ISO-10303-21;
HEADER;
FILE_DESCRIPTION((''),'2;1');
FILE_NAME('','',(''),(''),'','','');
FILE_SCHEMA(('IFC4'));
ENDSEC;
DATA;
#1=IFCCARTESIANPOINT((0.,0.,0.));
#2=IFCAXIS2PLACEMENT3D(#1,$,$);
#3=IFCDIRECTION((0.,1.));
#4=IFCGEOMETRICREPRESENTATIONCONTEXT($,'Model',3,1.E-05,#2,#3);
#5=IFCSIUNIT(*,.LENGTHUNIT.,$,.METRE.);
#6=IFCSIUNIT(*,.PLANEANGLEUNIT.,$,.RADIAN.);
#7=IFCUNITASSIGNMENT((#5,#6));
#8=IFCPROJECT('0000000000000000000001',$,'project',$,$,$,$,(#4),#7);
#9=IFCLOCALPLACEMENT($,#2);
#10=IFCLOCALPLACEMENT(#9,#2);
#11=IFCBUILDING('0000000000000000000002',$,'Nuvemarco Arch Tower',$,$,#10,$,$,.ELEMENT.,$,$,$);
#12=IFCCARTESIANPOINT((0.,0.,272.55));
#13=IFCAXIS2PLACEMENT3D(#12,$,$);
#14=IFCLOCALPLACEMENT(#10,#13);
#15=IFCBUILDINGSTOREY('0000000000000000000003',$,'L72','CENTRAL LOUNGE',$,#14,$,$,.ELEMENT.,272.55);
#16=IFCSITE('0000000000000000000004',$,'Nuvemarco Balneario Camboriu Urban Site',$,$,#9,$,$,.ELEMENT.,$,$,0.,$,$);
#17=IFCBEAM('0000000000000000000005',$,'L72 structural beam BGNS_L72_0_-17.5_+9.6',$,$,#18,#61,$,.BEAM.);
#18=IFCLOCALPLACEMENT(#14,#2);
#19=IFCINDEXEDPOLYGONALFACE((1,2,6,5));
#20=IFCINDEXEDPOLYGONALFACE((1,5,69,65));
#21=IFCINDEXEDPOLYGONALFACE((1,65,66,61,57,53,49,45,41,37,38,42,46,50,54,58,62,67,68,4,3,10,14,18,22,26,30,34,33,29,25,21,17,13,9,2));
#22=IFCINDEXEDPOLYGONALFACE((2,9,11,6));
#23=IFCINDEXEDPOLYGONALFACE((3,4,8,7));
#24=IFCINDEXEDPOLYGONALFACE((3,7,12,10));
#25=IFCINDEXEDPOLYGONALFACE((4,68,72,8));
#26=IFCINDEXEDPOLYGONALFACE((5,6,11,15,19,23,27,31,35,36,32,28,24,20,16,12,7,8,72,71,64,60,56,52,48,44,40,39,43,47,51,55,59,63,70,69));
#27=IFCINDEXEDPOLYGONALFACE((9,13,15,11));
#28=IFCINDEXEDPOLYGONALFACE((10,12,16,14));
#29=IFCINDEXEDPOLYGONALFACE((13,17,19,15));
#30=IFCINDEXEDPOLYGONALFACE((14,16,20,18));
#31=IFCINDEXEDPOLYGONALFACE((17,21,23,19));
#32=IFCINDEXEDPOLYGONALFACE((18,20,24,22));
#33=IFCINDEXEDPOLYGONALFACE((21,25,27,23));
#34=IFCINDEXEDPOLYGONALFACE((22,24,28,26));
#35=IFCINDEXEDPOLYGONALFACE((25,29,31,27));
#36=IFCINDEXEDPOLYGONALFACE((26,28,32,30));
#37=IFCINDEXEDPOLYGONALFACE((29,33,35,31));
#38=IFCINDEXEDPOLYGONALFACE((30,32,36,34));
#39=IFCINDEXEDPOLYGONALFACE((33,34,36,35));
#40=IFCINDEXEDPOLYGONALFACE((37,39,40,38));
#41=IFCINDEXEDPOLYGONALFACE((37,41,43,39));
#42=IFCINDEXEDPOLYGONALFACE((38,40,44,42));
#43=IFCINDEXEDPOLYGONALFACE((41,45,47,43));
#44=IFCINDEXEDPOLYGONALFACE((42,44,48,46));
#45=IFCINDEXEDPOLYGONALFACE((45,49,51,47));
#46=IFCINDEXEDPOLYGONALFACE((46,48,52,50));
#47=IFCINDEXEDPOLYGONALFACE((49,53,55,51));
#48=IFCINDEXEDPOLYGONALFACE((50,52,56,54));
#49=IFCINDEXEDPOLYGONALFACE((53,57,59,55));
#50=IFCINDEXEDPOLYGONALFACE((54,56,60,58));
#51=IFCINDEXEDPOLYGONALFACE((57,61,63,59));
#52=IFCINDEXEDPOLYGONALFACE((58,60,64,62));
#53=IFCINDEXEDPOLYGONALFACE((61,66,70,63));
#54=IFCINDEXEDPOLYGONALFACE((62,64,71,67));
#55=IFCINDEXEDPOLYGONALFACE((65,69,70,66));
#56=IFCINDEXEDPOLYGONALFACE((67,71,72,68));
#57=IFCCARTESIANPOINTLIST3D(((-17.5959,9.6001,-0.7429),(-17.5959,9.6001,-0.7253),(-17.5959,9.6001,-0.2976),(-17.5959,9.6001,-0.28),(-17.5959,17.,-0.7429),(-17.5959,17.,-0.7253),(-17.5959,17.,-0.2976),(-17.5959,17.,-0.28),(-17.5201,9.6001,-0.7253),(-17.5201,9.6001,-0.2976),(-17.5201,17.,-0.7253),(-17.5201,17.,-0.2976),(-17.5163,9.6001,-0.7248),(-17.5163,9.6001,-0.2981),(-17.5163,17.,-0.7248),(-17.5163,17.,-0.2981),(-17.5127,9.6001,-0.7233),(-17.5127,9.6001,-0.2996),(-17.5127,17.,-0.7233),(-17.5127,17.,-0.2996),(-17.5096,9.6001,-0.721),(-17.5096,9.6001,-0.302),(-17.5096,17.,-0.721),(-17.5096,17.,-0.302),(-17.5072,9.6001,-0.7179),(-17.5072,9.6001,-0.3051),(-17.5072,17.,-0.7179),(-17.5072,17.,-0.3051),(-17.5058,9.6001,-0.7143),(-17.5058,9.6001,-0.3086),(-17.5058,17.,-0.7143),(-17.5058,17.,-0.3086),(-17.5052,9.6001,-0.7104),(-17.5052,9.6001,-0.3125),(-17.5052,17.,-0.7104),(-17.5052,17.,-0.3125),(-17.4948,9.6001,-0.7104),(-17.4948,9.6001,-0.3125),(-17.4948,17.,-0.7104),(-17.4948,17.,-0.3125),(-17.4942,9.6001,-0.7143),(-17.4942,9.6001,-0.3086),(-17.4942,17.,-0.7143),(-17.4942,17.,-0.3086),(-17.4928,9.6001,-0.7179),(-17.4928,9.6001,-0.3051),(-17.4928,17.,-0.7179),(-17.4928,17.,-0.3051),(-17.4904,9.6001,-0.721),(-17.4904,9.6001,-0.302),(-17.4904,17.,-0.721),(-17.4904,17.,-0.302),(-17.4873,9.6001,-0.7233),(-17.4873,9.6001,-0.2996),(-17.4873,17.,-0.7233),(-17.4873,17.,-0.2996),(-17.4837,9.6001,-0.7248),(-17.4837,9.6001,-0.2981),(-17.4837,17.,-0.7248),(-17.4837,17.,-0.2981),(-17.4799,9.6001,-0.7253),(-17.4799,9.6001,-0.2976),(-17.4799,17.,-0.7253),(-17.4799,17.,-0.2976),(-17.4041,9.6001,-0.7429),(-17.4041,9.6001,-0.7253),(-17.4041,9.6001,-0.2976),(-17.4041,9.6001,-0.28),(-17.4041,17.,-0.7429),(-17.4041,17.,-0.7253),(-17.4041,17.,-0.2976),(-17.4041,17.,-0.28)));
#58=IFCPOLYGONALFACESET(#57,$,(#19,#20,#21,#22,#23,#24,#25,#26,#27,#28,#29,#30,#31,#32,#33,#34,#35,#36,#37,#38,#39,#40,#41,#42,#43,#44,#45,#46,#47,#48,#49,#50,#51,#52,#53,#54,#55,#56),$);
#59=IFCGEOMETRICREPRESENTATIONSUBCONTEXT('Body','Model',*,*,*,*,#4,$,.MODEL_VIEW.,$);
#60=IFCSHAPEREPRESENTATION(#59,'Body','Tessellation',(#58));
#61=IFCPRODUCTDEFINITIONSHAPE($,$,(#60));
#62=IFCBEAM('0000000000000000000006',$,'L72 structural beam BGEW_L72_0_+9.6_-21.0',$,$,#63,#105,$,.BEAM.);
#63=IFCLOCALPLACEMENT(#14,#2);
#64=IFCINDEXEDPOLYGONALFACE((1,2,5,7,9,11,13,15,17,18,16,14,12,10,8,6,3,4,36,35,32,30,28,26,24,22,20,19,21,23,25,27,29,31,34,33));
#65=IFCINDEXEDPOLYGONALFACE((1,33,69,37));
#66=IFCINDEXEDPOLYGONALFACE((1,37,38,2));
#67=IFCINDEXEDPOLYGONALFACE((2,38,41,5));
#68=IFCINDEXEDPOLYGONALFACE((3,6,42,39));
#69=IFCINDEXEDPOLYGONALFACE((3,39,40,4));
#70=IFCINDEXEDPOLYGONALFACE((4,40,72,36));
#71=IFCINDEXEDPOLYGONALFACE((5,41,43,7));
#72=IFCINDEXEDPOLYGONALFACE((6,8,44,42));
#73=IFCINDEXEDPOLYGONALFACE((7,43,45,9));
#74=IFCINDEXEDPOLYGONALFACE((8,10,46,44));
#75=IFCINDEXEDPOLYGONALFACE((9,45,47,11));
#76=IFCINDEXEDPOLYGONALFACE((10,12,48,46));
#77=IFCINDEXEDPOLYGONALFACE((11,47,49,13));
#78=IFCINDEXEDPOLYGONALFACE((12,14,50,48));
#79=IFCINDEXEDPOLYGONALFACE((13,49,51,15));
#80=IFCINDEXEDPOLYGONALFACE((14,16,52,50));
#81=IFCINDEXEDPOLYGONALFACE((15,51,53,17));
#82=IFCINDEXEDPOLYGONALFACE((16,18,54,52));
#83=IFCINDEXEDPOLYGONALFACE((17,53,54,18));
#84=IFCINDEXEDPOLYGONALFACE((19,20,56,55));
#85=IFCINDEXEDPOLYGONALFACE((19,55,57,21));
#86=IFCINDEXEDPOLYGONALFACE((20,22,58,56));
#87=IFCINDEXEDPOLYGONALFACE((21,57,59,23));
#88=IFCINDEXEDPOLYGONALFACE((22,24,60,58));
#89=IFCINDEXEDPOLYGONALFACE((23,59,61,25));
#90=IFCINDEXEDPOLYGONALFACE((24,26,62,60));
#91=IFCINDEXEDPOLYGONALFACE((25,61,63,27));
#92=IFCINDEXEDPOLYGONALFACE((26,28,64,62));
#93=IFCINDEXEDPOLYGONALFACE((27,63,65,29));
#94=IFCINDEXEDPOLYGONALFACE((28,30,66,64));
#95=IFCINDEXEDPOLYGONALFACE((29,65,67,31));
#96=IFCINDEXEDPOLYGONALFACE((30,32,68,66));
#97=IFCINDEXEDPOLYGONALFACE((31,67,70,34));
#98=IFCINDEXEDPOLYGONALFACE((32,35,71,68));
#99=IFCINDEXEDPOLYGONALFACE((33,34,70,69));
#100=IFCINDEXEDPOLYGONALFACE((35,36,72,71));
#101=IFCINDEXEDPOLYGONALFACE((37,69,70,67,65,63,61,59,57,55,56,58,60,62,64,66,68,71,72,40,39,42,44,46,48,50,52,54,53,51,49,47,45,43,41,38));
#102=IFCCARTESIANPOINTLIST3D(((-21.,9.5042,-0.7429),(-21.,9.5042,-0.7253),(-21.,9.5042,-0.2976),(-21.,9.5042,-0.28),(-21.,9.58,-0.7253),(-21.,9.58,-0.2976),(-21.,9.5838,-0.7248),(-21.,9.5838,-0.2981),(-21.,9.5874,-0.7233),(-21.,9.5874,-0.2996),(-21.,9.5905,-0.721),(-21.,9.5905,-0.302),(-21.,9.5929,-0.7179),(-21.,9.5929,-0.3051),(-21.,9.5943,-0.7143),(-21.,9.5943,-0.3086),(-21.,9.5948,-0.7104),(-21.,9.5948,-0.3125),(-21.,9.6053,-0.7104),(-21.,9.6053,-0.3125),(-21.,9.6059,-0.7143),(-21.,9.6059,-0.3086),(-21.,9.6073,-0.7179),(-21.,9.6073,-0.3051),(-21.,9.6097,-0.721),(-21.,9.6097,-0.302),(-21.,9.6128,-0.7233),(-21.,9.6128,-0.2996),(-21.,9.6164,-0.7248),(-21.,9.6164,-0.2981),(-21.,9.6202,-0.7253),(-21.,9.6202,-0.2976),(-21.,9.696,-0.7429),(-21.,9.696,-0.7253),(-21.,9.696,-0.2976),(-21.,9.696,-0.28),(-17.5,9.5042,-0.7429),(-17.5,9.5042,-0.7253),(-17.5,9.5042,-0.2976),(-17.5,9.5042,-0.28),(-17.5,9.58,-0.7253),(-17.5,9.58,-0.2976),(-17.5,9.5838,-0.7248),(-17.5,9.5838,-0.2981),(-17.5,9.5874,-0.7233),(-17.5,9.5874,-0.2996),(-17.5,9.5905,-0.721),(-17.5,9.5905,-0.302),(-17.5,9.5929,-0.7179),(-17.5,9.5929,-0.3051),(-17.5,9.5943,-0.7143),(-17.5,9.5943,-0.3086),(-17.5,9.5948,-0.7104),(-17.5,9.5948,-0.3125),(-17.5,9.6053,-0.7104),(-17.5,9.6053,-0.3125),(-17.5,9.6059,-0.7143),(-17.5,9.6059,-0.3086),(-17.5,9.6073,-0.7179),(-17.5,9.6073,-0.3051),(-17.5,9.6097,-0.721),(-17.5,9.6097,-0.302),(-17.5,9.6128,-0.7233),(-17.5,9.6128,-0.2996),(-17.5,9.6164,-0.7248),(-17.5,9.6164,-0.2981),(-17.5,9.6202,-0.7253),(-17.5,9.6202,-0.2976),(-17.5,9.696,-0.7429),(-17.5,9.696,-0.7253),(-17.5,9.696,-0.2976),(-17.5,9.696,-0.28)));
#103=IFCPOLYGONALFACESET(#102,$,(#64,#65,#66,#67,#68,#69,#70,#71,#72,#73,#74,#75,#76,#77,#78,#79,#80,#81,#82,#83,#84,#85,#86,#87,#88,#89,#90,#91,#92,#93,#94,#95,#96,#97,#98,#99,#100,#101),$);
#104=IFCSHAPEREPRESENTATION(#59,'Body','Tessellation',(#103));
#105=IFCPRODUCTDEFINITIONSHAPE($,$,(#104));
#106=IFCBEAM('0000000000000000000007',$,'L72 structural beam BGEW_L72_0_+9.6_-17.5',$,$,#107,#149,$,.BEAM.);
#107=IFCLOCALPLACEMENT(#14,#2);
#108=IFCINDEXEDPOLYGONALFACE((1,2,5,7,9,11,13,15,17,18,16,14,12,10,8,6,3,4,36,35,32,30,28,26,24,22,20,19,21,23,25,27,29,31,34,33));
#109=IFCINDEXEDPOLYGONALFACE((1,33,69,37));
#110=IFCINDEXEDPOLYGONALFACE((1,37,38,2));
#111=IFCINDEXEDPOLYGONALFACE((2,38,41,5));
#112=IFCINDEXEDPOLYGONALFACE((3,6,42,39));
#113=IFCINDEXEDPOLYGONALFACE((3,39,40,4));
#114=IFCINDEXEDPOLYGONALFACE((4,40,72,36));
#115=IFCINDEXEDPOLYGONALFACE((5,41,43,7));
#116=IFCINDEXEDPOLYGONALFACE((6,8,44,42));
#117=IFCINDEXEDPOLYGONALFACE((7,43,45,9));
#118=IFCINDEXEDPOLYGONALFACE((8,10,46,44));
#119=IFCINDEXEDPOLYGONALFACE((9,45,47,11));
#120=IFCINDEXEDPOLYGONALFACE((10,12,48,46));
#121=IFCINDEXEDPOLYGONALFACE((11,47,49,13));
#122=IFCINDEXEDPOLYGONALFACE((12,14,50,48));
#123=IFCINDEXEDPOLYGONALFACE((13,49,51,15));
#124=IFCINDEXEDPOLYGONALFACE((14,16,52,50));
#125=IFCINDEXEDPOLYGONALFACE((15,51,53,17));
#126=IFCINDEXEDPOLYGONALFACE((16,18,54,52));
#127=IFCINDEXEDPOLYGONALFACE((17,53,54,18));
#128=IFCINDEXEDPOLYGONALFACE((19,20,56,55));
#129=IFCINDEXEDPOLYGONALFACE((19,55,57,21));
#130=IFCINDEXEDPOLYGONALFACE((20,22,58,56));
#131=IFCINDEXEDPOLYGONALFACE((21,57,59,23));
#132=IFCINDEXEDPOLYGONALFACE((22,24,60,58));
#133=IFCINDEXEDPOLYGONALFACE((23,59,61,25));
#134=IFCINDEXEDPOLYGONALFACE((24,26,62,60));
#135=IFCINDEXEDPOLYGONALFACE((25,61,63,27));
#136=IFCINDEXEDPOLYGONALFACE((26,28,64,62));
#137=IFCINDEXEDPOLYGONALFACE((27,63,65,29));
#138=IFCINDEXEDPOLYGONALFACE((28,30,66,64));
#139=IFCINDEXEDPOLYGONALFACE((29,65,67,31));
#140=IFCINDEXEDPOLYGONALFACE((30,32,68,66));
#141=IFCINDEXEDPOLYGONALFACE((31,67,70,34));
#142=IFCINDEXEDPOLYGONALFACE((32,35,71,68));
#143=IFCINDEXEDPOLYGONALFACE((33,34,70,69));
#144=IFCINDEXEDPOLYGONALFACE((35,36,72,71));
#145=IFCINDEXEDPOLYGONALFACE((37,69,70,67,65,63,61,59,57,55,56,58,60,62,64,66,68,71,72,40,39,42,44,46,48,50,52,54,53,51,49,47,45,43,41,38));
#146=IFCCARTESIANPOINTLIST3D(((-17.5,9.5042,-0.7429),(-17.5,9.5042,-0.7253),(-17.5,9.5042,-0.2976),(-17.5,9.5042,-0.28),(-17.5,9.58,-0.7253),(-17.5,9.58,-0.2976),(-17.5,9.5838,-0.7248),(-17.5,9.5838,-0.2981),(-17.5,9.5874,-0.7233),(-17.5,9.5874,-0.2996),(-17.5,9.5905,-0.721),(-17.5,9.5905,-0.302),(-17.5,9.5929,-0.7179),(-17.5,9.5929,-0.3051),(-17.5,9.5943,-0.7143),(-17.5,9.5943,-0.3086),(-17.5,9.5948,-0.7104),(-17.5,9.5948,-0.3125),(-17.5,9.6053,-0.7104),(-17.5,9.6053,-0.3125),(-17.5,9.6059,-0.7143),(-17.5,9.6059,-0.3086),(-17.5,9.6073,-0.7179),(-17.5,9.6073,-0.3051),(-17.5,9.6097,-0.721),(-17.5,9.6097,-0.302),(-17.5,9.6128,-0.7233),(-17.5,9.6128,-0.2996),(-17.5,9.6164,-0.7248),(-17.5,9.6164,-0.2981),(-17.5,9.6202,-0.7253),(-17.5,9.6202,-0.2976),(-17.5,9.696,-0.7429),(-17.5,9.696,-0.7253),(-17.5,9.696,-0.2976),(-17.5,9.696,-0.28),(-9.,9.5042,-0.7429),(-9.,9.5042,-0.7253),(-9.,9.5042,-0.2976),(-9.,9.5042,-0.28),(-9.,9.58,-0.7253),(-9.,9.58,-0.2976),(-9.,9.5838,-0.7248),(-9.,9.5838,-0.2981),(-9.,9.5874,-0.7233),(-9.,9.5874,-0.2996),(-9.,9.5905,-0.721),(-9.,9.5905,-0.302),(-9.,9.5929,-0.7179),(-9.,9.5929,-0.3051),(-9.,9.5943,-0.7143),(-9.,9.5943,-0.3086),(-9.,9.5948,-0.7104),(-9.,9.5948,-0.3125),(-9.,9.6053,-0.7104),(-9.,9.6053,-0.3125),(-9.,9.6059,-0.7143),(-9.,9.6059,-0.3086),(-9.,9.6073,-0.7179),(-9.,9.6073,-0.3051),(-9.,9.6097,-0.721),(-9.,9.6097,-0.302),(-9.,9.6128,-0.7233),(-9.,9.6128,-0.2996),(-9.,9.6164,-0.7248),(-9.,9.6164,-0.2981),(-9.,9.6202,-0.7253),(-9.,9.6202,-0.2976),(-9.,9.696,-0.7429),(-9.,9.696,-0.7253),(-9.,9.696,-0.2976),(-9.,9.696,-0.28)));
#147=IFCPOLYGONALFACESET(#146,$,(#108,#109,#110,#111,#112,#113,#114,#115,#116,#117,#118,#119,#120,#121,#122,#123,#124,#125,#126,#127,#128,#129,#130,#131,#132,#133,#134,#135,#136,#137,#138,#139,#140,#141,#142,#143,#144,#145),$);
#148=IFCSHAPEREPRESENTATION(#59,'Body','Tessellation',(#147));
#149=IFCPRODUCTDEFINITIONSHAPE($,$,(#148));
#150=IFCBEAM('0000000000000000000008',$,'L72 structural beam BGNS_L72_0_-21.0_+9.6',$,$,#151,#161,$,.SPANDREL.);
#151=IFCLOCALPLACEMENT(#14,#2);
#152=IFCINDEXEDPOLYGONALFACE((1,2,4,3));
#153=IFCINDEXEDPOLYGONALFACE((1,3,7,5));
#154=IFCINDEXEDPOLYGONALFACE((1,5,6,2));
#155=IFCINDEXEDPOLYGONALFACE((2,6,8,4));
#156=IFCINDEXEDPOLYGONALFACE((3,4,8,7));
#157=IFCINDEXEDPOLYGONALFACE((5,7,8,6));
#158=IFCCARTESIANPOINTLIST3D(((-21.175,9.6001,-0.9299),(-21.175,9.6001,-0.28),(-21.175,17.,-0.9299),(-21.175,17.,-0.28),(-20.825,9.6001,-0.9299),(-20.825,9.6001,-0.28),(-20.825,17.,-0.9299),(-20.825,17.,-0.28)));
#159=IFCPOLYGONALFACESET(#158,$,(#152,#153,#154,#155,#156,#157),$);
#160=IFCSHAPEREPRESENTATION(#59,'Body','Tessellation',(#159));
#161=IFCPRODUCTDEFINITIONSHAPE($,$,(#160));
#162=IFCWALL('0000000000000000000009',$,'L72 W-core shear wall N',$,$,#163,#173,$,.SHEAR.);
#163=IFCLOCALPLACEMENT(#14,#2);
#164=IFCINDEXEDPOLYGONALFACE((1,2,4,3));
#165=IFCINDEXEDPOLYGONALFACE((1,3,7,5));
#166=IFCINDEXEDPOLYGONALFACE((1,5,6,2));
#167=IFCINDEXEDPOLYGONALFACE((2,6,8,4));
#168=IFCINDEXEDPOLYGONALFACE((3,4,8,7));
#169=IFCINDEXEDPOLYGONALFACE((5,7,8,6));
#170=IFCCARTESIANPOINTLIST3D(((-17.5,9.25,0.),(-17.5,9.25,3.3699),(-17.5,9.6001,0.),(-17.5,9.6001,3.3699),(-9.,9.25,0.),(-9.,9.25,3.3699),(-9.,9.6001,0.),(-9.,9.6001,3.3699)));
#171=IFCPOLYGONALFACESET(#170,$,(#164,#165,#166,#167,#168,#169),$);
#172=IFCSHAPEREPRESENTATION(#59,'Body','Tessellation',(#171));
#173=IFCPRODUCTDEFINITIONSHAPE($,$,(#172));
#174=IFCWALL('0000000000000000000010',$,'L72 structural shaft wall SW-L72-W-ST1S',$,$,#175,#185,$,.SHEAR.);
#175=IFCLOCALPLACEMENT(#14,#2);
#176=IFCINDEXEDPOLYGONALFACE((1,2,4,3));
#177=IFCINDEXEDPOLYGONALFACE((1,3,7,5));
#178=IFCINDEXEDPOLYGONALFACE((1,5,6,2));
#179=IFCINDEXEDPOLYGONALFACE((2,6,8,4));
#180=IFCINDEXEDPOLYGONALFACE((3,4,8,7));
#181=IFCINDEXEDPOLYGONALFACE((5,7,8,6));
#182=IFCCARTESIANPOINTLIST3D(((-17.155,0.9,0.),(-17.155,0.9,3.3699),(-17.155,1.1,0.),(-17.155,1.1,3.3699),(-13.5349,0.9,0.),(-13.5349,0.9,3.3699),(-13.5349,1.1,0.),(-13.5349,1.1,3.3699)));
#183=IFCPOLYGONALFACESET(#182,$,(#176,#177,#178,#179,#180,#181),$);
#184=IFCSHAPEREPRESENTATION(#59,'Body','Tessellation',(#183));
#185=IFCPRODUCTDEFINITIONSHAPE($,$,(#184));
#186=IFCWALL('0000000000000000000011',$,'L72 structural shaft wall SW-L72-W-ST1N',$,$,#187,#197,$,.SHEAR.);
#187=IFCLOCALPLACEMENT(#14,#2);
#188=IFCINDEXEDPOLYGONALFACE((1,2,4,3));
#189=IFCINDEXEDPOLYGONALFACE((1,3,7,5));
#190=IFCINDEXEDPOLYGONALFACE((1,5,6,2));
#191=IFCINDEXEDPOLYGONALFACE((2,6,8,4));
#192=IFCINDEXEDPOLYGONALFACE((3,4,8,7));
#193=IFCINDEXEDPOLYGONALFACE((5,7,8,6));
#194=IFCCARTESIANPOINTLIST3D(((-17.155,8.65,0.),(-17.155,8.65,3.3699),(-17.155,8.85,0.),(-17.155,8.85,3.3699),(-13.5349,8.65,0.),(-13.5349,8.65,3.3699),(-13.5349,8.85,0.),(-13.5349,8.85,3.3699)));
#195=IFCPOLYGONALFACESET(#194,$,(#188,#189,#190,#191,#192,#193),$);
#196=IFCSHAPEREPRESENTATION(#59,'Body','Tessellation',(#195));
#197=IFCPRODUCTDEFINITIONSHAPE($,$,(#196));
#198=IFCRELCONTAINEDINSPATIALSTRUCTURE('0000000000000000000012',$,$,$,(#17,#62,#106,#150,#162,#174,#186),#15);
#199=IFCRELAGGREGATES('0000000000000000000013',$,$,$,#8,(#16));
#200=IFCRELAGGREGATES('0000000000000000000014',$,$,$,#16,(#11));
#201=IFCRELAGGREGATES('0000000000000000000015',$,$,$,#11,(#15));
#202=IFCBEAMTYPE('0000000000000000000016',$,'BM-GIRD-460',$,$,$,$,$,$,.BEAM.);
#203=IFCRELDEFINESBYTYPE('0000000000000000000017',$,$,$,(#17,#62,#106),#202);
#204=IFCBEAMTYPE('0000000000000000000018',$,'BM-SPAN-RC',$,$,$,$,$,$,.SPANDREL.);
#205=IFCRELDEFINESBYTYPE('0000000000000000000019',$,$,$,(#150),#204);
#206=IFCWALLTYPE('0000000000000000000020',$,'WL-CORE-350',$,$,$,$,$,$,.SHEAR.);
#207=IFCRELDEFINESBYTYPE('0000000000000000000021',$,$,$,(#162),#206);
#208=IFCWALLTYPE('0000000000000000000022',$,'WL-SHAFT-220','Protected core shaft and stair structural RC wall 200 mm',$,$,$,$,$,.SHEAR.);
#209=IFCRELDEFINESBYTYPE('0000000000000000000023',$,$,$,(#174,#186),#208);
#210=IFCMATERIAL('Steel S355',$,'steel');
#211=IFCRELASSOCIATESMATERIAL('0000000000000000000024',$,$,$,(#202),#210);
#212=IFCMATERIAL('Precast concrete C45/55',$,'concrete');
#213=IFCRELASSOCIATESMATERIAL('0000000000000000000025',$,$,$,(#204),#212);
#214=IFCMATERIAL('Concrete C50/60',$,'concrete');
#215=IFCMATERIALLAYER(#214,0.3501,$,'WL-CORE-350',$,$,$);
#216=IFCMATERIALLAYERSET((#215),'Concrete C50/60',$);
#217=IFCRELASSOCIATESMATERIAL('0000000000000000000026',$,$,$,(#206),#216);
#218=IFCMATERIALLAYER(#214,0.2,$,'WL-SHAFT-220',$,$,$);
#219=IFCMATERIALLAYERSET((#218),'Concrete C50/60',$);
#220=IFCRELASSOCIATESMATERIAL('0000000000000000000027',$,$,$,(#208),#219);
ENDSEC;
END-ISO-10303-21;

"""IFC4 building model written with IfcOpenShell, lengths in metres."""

from ifc_helpers import new_model, si_unit, direction, frame, frame_2d, origin, origin_2d, place, context, subcontext, project, spatial, rectangle, i_section, extrude, material, layer, layer_set, material_profile, profile_set, type_object, element, save


model = new_model("IFC4")

# Units and contexts
model_context = context("Model", 3, precision=1e-05, world=origin(), true_north=direction((0.0, 1.0)))
body_context = subcontext(model_context, "Body", "Model", "MODEL_VIEW")
ifc_project = project(units=[si_unit("LENGTHUNIT", "METRE"), si_unit("PLANEANGLEUNIT", "RADIAN")], contexts=[model_context])

# Site, building, storey
site_placement = place(None, origin())
site = spatial("IfcSite", under=ifc_project, at=site_placement, Name="Nuvemarco Balneario Camboriu Urban Site", CompositionType="ELEMENT", RefElevation=0.0)
building_placement = place(site_placement, origin())
building = spatial("IfcBuilding", under=site, at=building_placement, Name="Nuvemarco Arch Tower", CompositionType="ELEMENT")
storey_placement = place(building_placement, frame((0.0, 0.0, 272.55)))
storey = spatial("IfcBuildingStorey", under=building, at=storey_placement, Name="L72", Description="CENTRAL LOUNGE", CompositionType="ELEMENT", Elevation=272.55)

# Shared definitions
ifc_material_1 = material(Name="Concrete C50/60", Category="concrete")
ifc_material_2 = material(Name="Steel S355", Category="steel")

# Beams
ifc_material_profile_1 = material_profile(ifc_material_2, i_section(OverallWidth=0.1919, OverallDepth=0.4629, WebThickness=0.0105, FlangeThickness=0.0176, FilletRadius=0.0149, at=origin_2d()), Name="W460x89")
ifc_profile_set_1 = profile_set([ifc_material_profile_1], Name="Steel S355")
beam_type_1 = type_object("IfcBeamType", Name="BM-GIRD-460", PredefinedType="BEAM", material=ifc_profile_set_1)
beam_1_placement = place(storey_placement, frame((-17.5, 9.6001, -0.5115), z_axis=(0.0, 1.0, 0.0), x_axis=(-1.0, 0.0, 0.0)))
element("IfcBeam", 1, at=beam_1_placement, inside=storey, type_object=beam_type_1, Name="L72 structural beam BGNS_L72_0_-17.5_+9.6", PredefinedType="BEAM", context=body_context, shape_type="SweptSolid", body=[
    extrude(i_section(OverallWidth=0.1919, OverallDepth=0.4629, WebThickness=0.0105, FlangeThickness=0.0176, FilletRadius=0.0149, at=origin_2d()), origin(), (0.0, 0.0, 1.0), 7.3999),
])
beam_2_placement = place(storey_placement, frame((-21.0, 9.6001, -0.5115), z_axis=(1.0, 0.0, 0.0), x_axis=(0.0, 1.0, 0.0)))
element("IfcBeam", 2, at=beam_2_placement, inside=storey, type_object=beam_type_1, Name="L72 structural beam BGEW_L72_0_+9.6_-21.0", PredefinedType="BEAM", context=body_context, shape_type="SweptSolid", body=[
    extrude(i_section(OverallWidth=0.1919, OverallDepth=0.4629, WebThickness=0.0105, FlangeThickness=0.0176, FilletRadius=0.0149, at=origin_2d()), origin(), (0.0, 0.0, 1.0), 3.5),
])
beam_3_placement = place(storey_placement, frame((-17.5, 9.6001, -0.5115), z_axis=(1.0, 0.0, 0.0), x_axis=(0.0, 1.0, 0.0)))
element("IfcBeam", 3, at=beam_3_placement, inside=storey, type_object=beam_type_1, Name="L72 structural beam BGEW_L72_0_+9.6_-17.5", PredefinedType="BEAM", context=body_context, shape_type="SweptSolid", body=[
    extrude(i_section(OverallWidth=0.1919, OverallDepth=0.4629, WebThickness=0.0105, FlangeThickness=0.0176, FilletRadius=0.0149, at=origin_2d()), origin(), (0.0, 0.0, 1.0), 8.5),
])
ifc_material_3 = material(Name="Precast concrete C45/55", Category="concrete")
ifc_material_profile_2 = material_profile(ifc_material_3, rectangle(XDim=0.3501, YDim=0.6499, at=origin_2d()), Name="PC-SP-350x650")
ifc_profile_set_2 = profile_set([ifc_material_profile_2], Name="Precast concrete C45/55")
beam_type_2 = type_object("IfcBeamType", Name="BM-SPAN-RC", PredefinedType="SPANDREL", material=ifc_profile_set_2)
beam_4_placement = place(storey_placement, frame((-21.0, 9.6001, -0.605), z_axis=(0.0, 1.0, 0.0), x_axis=(-1.0, 0.0, 0.0)))
element("IfcBeam", 4, at=beam_4_placement, inside=storey, type_object=beam_type_2, Name="L72 structural beam BGNS_L72_0_-21.0_+9.6", PredefinedType="SPANDREL", context=body_context, shape_type="SweptSolid", body=[
    extrude(rectangle(XDim=0.3501, YDim=0.6499, at=origin_2d()), origin(), (0.0, 0.0, 1.0), 7.3999),
])

# Walls
ifc_layer_1 = layer(ifc_material_1, 0.3501, Name="WL-CORE-350")
ifc_layer_set_1 = layer_set([ifc_layer_1], Name="Concrete C50/60")
wall_type_1 = type_object("IfcWallType", Name="WL-CORE-350", PredefinedType="SHEAR", material=ifc_layer_set_1)
wall_1_placement = place(storey_placement, frame((-17.5, 9.425, 0.0), z_axis=(0.0, 0.0, 1.0), x_axis=(1.0, 0.0, 0.0)))
element("IfcWall", 5, at=wall_1_placement, inside=storey, type_object=wall_type_1, Name="L72 W-core shear wall N", PredefinedType="SHEAR", context=body_context, shape_type="SweptSolid", body=[
    extrude(rectangle(XDim=8.5, YDim=0.3501, at=frame_2d((4.25, 0.0))), origin(), (0.0, 0.0, 1.0), 3.3699),
])
ifc_layer_2 = layer(ifc_material_1, 0.2, Name="WL-SHAFT-220")
ifc_layer_set_2 = layer_set([ifc_layer_2], Name="Concrete C50/60")
wall_type_2 = type_object("IfcWallType", Name="WL-SHAFT-220", Description="Protected core shaft and stair structural RC wall 200 mm", PredefinedType="SHEAR", material=ifc_layer_set_2)
for number, where, z_axis, x_axis, name in (
    (6, (-17.155, 1.0, 0.0), (0.0, 0.0, 1.0), (1.0, 0.0, 0.0), "L72 structural shaft wall SW-L72-W-ST1S"),
    (7, (-17.155, 8.75, 0.0), (0.0, 0.0, 1.0), (1.0, 0.0, 0.0), "L72 structural shaft wall SW-L72-W-ST1N"),
):
    element("IfcWall", number, at=place(storey_placement, frame(where, z_axis=z_axis, x_axis=x_axis)), inside=storey, type_object=wall_type_2, Name=name, PredefinedType="SHEAR", context=body_context, shape_type="SweptSolid", body=[
        extrude(rectangle(XDim=3.6201, YDim=0.2, at=frame_2d((1.8101, 0.0))), origin(), (0.0, 0.0, 1.0), 3.3699),
    ])

save(model, "model.ifc")
